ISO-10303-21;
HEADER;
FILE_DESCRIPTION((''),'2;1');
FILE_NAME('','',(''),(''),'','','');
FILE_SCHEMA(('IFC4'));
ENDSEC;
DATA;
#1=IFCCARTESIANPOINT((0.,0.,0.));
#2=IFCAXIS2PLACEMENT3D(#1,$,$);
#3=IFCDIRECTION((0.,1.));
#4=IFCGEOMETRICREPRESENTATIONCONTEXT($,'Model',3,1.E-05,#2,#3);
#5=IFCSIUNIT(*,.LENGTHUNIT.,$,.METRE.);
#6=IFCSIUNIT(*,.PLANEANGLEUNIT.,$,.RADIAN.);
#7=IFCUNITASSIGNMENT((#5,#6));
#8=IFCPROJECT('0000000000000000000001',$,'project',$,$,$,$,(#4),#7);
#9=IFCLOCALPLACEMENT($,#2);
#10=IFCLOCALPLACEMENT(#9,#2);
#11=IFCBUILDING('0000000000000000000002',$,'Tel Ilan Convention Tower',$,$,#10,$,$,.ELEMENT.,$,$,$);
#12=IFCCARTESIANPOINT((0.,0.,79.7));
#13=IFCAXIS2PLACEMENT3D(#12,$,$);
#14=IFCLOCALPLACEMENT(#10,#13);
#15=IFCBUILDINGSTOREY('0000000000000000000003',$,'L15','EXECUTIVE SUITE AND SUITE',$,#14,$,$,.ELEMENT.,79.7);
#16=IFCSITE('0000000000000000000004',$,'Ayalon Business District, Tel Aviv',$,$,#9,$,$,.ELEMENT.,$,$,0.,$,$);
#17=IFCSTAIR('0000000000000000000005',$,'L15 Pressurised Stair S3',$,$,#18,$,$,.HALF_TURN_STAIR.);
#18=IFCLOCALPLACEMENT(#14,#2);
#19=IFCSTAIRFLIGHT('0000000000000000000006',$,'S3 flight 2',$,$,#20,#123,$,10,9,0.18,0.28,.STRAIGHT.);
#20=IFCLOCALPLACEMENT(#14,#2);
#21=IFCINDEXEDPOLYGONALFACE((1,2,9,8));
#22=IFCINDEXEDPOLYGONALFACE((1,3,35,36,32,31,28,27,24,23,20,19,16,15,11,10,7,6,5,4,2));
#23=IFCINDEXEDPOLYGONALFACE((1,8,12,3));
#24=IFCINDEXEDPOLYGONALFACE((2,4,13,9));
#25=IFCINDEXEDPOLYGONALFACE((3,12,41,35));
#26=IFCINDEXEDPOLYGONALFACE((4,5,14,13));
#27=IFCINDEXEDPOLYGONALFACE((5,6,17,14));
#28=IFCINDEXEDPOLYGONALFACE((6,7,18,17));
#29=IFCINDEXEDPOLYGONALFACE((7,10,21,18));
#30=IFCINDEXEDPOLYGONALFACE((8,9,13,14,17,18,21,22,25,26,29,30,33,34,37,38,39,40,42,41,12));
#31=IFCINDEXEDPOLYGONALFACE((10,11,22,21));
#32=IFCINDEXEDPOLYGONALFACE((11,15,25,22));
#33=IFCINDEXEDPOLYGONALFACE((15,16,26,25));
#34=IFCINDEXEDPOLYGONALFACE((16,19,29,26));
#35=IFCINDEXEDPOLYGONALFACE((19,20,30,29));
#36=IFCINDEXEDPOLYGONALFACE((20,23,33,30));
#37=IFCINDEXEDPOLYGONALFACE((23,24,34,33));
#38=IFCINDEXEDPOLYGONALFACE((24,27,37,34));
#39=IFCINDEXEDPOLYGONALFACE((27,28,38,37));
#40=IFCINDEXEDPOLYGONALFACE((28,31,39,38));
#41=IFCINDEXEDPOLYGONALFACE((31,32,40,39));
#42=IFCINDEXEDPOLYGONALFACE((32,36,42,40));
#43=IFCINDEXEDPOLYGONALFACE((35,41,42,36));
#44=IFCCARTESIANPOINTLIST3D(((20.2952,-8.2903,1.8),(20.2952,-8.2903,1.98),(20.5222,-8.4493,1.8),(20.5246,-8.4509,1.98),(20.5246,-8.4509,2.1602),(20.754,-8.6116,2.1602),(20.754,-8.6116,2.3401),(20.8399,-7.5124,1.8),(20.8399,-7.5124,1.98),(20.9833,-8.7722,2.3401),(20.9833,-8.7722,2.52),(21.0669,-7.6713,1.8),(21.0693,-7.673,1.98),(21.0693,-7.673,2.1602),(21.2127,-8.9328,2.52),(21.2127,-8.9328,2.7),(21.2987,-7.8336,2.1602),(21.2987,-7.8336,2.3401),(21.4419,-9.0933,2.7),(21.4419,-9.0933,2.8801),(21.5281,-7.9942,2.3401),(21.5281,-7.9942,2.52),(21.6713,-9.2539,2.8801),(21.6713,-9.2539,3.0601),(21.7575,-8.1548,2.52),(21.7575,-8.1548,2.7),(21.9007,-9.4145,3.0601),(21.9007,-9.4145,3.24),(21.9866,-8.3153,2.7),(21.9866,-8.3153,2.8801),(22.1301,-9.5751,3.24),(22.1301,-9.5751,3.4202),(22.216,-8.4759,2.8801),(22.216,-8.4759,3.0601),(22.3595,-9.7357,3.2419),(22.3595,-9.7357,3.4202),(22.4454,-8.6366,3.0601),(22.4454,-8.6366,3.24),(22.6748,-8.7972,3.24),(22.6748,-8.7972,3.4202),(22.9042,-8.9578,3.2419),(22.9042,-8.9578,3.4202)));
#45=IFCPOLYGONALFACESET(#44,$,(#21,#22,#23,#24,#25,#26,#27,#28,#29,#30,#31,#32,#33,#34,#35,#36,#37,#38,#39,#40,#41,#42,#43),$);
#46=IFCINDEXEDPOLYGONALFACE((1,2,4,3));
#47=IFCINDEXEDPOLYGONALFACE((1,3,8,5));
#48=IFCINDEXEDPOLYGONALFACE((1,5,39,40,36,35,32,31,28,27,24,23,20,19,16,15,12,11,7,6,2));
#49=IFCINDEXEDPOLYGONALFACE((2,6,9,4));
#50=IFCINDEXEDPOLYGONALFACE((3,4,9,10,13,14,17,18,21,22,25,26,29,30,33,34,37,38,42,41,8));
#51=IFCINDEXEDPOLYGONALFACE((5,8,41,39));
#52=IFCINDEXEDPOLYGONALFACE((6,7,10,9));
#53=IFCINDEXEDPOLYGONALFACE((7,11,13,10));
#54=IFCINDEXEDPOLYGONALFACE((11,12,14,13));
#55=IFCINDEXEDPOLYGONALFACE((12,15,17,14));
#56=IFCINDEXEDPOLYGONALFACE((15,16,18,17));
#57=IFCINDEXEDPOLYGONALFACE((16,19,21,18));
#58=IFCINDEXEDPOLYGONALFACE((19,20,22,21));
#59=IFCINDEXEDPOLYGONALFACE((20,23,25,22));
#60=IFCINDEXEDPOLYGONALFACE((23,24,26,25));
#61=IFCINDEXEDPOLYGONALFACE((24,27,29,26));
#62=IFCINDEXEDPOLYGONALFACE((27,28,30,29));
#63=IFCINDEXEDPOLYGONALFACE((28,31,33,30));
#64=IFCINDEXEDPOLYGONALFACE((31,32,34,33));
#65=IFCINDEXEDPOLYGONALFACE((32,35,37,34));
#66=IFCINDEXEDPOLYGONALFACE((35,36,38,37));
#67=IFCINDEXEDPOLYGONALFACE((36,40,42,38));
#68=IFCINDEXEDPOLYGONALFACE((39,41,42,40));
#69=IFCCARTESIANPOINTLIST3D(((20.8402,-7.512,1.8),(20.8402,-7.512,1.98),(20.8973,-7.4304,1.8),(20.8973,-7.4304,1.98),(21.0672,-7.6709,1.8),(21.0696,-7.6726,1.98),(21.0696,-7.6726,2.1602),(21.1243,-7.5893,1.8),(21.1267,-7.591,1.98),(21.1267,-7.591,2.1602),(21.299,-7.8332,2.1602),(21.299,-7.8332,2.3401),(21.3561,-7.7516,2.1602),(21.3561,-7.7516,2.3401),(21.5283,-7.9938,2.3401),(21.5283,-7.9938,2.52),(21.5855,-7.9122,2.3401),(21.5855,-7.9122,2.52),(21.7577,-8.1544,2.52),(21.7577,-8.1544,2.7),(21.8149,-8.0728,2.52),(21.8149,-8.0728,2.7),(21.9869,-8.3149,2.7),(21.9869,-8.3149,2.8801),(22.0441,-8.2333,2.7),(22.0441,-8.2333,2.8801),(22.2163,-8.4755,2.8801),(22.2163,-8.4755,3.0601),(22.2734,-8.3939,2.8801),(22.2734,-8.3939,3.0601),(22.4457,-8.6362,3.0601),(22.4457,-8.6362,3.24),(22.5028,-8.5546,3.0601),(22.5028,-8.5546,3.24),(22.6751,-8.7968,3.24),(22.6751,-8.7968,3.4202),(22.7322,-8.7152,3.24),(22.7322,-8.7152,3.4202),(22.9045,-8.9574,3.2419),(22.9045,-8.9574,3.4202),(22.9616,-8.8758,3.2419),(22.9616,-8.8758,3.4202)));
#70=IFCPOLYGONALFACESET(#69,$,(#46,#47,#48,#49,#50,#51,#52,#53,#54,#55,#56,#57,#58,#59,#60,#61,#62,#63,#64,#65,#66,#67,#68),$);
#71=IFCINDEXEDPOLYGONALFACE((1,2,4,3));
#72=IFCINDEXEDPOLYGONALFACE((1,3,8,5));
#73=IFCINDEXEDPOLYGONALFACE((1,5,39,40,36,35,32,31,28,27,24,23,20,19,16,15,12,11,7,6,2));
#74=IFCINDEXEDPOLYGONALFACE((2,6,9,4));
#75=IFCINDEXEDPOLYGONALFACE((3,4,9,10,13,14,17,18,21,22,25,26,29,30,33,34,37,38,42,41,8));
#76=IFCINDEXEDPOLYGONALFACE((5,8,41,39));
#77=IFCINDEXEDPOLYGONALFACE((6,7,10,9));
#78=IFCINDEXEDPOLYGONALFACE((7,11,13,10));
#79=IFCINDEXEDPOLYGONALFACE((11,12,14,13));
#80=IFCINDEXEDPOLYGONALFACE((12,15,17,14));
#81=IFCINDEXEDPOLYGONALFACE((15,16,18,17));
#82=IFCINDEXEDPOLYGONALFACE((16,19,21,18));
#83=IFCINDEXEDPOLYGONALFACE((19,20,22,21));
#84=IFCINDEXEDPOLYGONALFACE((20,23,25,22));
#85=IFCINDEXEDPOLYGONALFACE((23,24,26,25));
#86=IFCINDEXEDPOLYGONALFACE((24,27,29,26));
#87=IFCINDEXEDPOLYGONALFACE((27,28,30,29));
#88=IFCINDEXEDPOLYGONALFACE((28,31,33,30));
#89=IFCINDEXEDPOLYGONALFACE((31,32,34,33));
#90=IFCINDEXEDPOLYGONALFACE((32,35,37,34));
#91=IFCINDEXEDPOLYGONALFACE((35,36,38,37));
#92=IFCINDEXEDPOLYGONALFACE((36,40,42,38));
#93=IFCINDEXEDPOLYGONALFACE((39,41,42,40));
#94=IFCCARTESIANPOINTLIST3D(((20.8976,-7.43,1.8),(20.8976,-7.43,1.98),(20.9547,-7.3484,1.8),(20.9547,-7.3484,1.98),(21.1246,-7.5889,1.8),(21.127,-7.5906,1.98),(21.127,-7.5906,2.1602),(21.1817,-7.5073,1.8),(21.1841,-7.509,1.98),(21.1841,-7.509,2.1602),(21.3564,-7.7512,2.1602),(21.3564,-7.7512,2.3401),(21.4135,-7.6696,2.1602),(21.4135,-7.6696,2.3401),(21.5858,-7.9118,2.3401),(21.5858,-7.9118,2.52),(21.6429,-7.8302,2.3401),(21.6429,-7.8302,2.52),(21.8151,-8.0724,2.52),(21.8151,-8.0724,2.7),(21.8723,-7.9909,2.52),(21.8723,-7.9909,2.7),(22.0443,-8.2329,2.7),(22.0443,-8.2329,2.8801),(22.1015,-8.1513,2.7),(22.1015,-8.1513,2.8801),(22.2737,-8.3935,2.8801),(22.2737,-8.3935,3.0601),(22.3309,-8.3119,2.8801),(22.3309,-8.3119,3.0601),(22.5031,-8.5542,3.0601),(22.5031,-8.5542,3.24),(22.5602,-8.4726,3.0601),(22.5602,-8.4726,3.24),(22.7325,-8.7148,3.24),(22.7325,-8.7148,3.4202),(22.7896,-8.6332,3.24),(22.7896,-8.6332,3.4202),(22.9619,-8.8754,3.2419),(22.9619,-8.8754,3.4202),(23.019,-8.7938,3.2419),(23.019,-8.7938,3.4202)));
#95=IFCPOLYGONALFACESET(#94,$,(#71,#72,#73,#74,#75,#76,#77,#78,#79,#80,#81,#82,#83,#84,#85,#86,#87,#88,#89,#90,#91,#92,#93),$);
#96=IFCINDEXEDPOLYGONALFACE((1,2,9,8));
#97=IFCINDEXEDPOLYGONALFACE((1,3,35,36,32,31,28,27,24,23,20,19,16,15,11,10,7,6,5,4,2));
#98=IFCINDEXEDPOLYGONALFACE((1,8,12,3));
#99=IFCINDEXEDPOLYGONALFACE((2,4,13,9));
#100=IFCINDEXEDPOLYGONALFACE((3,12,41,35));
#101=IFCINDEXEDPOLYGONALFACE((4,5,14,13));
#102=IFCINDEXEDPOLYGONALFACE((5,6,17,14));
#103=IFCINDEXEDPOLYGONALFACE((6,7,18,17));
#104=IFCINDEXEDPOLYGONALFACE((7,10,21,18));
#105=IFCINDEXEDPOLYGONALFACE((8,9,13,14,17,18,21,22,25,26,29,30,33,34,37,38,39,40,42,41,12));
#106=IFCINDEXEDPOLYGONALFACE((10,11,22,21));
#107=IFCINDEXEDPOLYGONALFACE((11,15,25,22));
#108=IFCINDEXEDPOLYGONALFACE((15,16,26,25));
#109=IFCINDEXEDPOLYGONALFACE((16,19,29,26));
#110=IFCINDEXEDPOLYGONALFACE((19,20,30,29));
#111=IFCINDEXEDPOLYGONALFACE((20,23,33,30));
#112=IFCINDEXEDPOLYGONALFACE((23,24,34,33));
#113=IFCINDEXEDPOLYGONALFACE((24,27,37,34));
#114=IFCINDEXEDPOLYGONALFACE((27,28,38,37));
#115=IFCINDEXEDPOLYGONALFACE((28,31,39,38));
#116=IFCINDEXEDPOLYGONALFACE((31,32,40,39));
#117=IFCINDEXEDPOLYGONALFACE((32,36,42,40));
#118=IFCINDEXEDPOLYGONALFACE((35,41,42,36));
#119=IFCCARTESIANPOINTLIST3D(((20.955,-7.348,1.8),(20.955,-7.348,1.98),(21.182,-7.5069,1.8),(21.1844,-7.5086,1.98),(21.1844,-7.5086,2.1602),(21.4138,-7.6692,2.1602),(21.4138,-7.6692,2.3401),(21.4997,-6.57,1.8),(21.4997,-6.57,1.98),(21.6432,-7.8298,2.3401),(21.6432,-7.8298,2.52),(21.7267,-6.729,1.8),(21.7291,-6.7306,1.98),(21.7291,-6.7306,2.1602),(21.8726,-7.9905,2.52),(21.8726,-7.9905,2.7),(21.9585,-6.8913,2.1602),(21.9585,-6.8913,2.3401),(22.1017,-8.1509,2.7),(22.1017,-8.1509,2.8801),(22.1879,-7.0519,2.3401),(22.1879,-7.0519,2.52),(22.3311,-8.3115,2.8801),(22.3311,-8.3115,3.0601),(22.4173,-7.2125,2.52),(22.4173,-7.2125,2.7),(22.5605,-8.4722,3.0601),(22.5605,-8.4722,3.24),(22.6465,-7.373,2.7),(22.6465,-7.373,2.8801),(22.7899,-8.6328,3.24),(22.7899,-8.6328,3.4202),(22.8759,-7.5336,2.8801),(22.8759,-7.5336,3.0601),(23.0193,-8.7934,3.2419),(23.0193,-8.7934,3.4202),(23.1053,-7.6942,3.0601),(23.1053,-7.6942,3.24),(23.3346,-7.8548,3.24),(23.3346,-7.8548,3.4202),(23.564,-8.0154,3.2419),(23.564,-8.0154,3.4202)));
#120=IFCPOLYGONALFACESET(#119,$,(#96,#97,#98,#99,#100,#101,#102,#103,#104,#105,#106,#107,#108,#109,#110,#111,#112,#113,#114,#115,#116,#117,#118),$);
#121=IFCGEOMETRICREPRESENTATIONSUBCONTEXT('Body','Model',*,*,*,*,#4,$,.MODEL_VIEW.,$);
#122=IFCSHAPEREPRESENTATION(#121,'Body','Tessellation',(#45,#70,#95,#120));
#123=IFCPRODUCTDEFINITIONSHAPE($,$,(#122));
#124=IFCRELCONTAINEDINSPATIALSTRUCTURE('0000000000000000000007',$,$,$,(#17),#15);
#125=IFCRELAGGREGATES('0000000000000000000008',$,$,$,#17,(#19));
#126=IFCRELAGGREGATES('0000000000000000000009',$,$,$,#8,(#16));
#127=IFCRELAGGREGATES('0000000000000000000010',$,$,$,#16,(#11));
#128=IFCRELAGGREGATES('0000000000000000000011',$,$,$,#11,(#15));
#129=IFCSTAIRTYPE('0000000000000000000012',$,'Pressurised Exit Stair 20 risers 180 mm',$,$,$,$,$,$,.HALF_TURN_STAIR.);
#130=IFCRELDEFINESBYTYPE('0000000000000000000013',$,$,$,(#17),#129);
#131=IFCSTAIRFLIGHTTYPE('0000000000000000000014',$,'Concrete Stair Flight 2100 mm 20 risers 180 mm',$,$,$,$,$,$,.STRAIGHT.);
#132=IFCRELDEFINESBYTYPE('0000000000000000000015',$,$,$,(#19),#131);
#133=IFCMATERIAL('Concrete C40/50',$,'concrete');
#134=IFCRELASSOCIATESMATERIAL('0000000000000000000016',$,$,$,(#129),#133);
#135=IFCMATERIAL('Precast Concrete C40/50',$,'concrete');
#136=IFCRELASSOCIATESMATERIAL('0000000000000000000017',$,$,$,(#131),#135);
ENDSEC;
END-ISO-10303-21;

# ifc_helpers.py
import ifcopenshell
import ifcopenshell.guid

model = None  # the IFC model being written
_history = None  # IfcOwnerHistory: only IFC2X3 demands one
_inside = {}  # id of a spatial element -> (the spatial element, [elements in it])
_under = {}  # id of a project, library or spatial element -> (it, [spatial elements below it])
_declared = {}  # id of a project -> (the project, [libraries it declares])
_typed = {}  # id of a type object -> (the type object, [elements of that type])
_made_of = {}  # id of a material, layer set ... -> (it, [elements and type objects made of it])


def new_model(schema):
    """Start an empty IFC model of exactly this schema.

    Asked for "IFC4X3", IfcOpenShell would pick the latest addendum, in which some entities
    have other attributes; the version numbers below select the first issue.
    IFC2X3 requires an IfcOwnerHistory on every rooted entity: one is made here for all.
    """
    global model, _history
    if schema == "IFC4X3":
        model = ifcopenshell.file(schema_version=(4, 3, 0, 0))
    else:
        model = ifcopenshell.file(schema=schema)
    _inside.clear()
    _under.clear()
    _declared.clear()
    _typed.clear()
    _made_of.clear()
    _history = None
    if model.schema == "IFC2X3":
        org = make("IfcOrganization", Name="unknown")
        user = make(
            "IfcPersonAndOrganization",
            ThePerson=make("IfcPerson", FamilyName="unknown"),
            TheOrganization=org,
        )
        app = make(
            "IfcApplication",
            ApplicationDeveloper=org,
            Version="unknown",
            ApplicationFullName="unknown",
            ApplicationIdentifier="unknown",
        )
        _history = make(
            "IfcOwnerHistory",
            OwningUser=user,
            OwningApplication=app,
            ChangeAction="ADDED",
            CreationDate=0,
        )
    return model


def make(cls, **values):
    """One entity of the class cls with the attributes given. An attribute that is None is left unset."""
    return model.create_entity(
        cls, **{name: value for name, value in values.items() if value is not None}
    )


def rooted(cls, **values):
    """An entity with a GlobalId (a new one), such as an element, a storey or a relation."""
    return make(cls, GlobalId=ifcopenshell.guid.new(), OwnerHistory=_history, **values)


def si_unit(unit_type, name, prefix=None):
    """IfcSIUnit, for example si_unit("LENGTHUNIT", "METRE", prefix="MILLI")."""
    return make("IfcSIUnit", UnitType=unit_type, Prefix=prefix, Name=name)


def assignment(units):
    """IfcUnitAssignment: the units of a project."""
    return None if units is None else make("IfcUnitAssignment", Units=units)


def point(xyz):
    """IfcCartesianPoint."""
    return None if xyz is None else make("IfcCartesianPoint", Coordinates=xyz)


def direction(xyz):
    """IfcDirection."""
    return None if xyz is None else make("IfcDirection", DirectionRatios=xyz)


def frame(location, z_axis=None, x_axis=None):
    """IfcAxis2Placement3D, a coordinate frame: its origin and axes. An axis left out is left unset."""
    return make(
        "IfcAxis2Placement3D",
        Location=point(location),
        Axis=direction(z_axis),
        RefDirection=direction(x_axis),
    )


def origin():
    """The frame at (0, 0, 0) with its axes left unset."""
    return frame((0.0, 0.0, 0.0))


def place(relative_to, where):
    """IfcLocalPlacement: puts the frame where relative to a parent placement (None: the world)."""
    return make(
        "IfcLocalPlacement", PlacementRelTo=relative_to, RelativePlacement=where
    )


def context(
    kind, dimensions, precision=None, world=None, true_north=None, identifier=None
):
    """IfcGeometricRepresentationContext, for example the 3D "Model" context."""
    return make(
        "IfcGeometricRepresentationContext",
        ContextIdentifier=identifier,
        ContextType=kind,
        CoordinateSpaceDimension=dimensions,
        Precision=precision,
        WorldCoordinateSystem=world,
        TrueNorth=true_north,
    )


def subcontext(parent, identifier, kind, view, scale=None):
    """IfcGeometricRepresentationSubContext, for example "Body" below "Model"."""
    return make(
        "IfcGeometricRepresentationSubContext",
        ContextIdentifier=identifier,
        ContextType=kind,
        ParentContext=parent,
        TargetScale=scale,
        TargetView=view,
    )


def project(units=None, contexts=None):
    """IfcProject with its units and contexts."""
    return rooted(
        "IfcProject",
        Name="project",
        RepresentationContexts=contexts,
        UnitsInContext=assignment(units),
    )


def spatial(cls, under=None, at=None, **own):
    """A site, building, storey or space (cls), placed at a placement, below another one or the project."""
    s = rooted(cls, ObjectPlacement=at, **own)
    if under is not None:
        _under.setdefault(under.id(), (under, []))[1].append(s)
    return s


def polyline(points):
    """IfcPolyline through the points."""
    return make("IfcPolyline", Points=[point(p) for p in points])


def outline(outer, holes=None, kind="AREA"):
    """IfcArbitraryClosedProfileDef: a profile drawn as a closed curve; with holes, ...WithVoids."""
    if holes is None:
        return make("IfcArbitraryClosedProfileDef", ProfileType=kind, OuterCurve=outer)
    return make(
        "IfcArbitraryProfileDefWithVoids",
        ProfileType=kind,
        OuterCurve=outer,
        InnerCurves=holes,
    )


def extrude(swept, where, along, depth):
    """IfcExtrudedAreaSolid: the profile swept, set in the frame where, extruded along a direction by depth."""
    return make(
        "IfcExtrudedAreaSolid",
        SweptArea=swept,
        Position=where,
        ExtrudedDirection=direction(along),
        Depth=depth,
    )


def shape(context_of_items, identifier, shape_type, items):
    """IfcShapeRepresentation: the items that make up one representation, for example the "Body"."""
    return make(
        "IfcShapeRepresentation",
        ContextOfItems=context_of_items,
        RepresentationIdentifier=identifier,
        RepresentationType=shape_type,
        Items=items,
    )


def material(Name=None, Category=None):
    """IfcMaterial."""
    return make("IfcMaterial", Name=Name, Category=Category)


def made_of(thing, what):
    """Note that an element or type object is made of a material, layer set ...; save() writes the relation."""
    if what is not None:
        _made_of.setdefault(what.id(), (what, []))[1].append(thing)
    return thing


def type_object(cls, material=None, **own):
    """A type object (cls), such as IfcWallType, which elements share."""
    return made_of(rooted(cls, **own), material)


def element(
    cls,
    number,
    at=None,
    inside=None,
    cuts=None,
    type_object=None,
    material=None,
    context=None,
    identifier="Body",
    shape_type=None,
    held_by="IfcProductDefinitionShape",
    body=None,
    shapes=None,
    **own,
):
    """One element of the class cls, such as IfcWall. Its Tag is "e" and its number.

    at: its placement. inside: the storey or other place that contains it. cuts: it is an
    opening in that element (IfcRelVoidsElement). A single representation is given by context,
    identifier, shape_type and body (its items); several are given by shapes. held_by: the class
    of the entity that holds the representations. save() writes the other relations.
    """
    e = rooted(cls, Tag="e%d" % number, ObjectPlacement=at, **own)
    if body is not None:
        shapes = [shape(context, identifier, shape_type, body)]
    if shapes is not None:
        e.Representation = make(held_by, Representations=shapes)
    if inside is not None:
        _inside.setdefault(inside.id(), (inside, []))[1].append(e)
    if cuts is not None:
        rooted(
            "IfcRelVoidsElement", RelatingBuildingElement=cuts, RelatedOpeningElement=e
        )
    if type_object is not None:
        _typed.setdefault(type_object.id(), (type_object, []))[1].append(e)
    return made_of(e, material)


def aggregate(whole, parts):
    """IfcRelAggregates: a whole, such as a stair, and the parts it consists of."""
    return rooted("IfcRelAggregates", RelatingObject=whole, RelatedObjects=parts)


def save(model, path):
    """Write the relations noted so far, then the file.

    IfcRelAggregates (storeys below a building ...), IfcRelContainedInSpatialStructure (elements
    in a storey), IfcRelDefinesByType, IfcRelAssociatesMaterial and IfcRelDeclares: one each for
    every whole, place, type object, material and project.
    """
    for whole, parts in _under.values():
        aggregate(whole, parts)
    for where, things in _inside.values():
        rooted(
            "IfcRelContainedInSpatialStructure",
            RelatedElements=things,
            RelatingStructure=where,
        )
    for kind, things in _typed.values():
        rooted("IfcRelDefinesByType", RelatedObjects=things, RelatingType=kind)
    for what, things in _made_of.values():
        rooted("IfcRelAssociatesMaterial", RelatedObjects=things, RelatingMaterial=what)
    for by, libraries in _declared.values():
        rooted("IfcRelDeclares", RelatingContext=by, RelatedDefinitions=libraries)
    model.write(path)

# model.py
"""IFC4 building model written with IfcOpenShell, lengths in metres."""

from ifc_helpers import new_model, si_unit, direction, frame, origin, place, context, subcontext, project, spatial, polyline, outline, extrude, material, type_object, element, aggregate, save


model = new_model("IFC4")

# Units and contexts
model_context = context("Model", 3, precision=1e-05, world=origin(), true_north=direction((0.0, 1.0)))
body_context = subcontext(model_context, "Body", "Model", "MODEL_VIEW")
ifc_project = project(units=[si_unit("LENGTHUNIT", "METRE"), si_unit("PLANEANGLEUNIT", "RADIAN")], contexts=[model_context])

# Site, building, storey
site_placement = place(None, origin())
site = spatial("IfcSite", under=ifc_project, at=site_placement, Name="Ayalon Business District, Tel Aviv", CompositionType="ELEMENT", RefElevation=0.0)
building_placement = place(site_placement, origin())
building = spatial("IfcBuilding", under=site, at=building_placement, Name="Tel Ilan Convention Tower", CompositionType="ELEMENT")
storey_placement = place(building_placement, frame((0.0, 0.0, 79.7)))
storey = spatial("IfcBuildingStorey", under=building, at=storey_placement, Name="L15", Description="EXECUTIVE SUITE AND SUITE", CompositionType="ELEMENT", Elevation=79.7)

# Stair, stair flight
ifc_material_1 = material(Name="Concrete C40/50", Category="concrete")
stair_type = type_object("IfcStairType", Name="Pressurised Exit Stair 20 risers 180 mm", PredefinedType="HALF_TURN_STAIR", material=ifc_material_1)
stair_1_placement = place(storey_placement, origin())
stair_1 = element("IfcStair", 1, at=stair_1_placement, inside=storey, type_object=stair_type, Name="L15 Pressurised Stair S3", PredefinedType="HALF_TURN_STAIR")
ifc_material_2 = material(Name="Precast Concrete C40/50", Category="concrete")
stair_flight_type = type_object("IfcStairFlightType", Name="Concrete Stair Flight 2100 mm 20 risers 180 mm", PredefinedType="STRAIGHT", material=ifc_material_2)
stair_flight_1_placement = place(storey_placement, frame((20.8975, -7.4302, 1.8), z_axis=(0.0, 0.0, 1.0), x_axis=(0.819152, -0.573576, 0.0)))
stair_flight_1 = element("IfcStairFlight", 2, at=stair_flight_1_placement, type_object=stair_flight_type, Name="S3 flight 2", NumberOfRisers=10, NumberOfTreads=9, PredefinedType="STRAIGHT", RiserHeight=0.18, TreadLength=0.28, context=body_context, shape_type="SweptSolid", body=[
    extrude(outline(polyline([(0.0, 0.0), (0.0, 0.1799), (0.28, 0.1799), (0.28, 0.3601), (0.5601, 0.3601), (0.5601, 0.54), (0.8401, 0.54), (0.8401, 0.72), (1.1201, 0.72), (1.1201, 0.8999), (1.3999, 0.8999), (1.3999, 1.0801), (1.6799, 1.0801), (1.6799, 1.26), (1.96, 1.26), (1.96, 1.4399), (2.24, 1.4399), (2.24, 1.6201), (2.52, 1.6201), (2.52, 1.8), (2.52, 1.4419), (0.2771, 0.0), (0.0, 0.0)])), frame((0.0, -0.1003, 0.0), z_axis=(0.0, -1.0, 0.0), x_axis=(1.0, 0.0, 0.0)), (0.0, 0.0, 1.0), 0.9497),
    extrude(outline(polyline([(0.0, 0.0), (0.0, 0.1799), (0.28, 0.1799), (0.28, 0.3601), (0.5601, 0.3601), (0.5601, 0.54), (0.8401, 0.54), (0.8401, 0.72), (1.1201, 0.72), (1.1201, 0.8999), (1.3999, 0.8999), (1.3999, 1.0801), (1.6799, 1.0801), (1.6799, 1.26), (1.96, 1.26), (1.96, 1.4399), (2.24, 1.4399), (2.24, 1.6201), (2.52, 1.6201), (2.52, 1.8), (2.52, 1.4419), (0.2771, 0.0), (0.0, 0.0)])), frame((0.0, -0.0002, 0.0), z_axis=(0.0, -1.0, 0.0), x_axis=(1.0, 0.0, 0.0)), (0.0, 0.0, 1.0), 0.0996),
    extrude(outline(polyline([(0.0, 0.0), (0.0, 0.1799), (0.28, 0.1799), (0.28, 0.3601), (0.5601, 0.3601), (0.5601, 0.54), (0.8401, 0.54), (0.8401, 0.72), (1.1201, 0.72), (1.1201, 0.8999), (1.3999, 0.8999), (1.3999, 1.0801), (1.6799, 1.0801), (1.6799, 1.26), (1.96, 1.26), (1.96, 1.4399), (2.24, 1.4399), (2.24, 1.6201), (2.52, 1.6201), (2.52, 1.8), (2.52, 1.4419), (0.2771, 0.0), (0.0, 0.0)])), frame((0.0, 0.0999, 0.0), z_axis=(0.0, -1.0, 0.0), x_axis=(1.0, 0.0, 0.0)), (0.0, 0.0, 1.0), 0.0996),
    extrude(outline(polyline([(0.0, 0.0), (0.0, 0.1799), (0.28, 0.1799), (0.28, 0.3601), (0.5601, 0.3601), (0.5601, 0.54), (0.8401, 0.54), (0.8401, 0.72), (1.1201, 0.72), (1.1201, 0.8999), (1.3999, 0.8999), (1.3999, 1.0801), (1.6799, 1.0801), (1.6799, 1.26), (1.96, 1.26), (1.96, 1.4399), (2.24, 1.4399), (2.24, 1.6201), (2.52, 1.6201), (2.52, 1.8), (2.52, 1.4419), (0.2771, 0.0), (0.0, 0.0)])), frame((0.0, 1.05, 0.0), z_axis=(0.0, -1.0, 0.0), x_axis=(1.0, 0.0, 0.0)), (0.0, 0.0, 1.0), 0.9497),
])
aggregate(stair_1, [stair_flight_1])

save(model, "model.ifc")
